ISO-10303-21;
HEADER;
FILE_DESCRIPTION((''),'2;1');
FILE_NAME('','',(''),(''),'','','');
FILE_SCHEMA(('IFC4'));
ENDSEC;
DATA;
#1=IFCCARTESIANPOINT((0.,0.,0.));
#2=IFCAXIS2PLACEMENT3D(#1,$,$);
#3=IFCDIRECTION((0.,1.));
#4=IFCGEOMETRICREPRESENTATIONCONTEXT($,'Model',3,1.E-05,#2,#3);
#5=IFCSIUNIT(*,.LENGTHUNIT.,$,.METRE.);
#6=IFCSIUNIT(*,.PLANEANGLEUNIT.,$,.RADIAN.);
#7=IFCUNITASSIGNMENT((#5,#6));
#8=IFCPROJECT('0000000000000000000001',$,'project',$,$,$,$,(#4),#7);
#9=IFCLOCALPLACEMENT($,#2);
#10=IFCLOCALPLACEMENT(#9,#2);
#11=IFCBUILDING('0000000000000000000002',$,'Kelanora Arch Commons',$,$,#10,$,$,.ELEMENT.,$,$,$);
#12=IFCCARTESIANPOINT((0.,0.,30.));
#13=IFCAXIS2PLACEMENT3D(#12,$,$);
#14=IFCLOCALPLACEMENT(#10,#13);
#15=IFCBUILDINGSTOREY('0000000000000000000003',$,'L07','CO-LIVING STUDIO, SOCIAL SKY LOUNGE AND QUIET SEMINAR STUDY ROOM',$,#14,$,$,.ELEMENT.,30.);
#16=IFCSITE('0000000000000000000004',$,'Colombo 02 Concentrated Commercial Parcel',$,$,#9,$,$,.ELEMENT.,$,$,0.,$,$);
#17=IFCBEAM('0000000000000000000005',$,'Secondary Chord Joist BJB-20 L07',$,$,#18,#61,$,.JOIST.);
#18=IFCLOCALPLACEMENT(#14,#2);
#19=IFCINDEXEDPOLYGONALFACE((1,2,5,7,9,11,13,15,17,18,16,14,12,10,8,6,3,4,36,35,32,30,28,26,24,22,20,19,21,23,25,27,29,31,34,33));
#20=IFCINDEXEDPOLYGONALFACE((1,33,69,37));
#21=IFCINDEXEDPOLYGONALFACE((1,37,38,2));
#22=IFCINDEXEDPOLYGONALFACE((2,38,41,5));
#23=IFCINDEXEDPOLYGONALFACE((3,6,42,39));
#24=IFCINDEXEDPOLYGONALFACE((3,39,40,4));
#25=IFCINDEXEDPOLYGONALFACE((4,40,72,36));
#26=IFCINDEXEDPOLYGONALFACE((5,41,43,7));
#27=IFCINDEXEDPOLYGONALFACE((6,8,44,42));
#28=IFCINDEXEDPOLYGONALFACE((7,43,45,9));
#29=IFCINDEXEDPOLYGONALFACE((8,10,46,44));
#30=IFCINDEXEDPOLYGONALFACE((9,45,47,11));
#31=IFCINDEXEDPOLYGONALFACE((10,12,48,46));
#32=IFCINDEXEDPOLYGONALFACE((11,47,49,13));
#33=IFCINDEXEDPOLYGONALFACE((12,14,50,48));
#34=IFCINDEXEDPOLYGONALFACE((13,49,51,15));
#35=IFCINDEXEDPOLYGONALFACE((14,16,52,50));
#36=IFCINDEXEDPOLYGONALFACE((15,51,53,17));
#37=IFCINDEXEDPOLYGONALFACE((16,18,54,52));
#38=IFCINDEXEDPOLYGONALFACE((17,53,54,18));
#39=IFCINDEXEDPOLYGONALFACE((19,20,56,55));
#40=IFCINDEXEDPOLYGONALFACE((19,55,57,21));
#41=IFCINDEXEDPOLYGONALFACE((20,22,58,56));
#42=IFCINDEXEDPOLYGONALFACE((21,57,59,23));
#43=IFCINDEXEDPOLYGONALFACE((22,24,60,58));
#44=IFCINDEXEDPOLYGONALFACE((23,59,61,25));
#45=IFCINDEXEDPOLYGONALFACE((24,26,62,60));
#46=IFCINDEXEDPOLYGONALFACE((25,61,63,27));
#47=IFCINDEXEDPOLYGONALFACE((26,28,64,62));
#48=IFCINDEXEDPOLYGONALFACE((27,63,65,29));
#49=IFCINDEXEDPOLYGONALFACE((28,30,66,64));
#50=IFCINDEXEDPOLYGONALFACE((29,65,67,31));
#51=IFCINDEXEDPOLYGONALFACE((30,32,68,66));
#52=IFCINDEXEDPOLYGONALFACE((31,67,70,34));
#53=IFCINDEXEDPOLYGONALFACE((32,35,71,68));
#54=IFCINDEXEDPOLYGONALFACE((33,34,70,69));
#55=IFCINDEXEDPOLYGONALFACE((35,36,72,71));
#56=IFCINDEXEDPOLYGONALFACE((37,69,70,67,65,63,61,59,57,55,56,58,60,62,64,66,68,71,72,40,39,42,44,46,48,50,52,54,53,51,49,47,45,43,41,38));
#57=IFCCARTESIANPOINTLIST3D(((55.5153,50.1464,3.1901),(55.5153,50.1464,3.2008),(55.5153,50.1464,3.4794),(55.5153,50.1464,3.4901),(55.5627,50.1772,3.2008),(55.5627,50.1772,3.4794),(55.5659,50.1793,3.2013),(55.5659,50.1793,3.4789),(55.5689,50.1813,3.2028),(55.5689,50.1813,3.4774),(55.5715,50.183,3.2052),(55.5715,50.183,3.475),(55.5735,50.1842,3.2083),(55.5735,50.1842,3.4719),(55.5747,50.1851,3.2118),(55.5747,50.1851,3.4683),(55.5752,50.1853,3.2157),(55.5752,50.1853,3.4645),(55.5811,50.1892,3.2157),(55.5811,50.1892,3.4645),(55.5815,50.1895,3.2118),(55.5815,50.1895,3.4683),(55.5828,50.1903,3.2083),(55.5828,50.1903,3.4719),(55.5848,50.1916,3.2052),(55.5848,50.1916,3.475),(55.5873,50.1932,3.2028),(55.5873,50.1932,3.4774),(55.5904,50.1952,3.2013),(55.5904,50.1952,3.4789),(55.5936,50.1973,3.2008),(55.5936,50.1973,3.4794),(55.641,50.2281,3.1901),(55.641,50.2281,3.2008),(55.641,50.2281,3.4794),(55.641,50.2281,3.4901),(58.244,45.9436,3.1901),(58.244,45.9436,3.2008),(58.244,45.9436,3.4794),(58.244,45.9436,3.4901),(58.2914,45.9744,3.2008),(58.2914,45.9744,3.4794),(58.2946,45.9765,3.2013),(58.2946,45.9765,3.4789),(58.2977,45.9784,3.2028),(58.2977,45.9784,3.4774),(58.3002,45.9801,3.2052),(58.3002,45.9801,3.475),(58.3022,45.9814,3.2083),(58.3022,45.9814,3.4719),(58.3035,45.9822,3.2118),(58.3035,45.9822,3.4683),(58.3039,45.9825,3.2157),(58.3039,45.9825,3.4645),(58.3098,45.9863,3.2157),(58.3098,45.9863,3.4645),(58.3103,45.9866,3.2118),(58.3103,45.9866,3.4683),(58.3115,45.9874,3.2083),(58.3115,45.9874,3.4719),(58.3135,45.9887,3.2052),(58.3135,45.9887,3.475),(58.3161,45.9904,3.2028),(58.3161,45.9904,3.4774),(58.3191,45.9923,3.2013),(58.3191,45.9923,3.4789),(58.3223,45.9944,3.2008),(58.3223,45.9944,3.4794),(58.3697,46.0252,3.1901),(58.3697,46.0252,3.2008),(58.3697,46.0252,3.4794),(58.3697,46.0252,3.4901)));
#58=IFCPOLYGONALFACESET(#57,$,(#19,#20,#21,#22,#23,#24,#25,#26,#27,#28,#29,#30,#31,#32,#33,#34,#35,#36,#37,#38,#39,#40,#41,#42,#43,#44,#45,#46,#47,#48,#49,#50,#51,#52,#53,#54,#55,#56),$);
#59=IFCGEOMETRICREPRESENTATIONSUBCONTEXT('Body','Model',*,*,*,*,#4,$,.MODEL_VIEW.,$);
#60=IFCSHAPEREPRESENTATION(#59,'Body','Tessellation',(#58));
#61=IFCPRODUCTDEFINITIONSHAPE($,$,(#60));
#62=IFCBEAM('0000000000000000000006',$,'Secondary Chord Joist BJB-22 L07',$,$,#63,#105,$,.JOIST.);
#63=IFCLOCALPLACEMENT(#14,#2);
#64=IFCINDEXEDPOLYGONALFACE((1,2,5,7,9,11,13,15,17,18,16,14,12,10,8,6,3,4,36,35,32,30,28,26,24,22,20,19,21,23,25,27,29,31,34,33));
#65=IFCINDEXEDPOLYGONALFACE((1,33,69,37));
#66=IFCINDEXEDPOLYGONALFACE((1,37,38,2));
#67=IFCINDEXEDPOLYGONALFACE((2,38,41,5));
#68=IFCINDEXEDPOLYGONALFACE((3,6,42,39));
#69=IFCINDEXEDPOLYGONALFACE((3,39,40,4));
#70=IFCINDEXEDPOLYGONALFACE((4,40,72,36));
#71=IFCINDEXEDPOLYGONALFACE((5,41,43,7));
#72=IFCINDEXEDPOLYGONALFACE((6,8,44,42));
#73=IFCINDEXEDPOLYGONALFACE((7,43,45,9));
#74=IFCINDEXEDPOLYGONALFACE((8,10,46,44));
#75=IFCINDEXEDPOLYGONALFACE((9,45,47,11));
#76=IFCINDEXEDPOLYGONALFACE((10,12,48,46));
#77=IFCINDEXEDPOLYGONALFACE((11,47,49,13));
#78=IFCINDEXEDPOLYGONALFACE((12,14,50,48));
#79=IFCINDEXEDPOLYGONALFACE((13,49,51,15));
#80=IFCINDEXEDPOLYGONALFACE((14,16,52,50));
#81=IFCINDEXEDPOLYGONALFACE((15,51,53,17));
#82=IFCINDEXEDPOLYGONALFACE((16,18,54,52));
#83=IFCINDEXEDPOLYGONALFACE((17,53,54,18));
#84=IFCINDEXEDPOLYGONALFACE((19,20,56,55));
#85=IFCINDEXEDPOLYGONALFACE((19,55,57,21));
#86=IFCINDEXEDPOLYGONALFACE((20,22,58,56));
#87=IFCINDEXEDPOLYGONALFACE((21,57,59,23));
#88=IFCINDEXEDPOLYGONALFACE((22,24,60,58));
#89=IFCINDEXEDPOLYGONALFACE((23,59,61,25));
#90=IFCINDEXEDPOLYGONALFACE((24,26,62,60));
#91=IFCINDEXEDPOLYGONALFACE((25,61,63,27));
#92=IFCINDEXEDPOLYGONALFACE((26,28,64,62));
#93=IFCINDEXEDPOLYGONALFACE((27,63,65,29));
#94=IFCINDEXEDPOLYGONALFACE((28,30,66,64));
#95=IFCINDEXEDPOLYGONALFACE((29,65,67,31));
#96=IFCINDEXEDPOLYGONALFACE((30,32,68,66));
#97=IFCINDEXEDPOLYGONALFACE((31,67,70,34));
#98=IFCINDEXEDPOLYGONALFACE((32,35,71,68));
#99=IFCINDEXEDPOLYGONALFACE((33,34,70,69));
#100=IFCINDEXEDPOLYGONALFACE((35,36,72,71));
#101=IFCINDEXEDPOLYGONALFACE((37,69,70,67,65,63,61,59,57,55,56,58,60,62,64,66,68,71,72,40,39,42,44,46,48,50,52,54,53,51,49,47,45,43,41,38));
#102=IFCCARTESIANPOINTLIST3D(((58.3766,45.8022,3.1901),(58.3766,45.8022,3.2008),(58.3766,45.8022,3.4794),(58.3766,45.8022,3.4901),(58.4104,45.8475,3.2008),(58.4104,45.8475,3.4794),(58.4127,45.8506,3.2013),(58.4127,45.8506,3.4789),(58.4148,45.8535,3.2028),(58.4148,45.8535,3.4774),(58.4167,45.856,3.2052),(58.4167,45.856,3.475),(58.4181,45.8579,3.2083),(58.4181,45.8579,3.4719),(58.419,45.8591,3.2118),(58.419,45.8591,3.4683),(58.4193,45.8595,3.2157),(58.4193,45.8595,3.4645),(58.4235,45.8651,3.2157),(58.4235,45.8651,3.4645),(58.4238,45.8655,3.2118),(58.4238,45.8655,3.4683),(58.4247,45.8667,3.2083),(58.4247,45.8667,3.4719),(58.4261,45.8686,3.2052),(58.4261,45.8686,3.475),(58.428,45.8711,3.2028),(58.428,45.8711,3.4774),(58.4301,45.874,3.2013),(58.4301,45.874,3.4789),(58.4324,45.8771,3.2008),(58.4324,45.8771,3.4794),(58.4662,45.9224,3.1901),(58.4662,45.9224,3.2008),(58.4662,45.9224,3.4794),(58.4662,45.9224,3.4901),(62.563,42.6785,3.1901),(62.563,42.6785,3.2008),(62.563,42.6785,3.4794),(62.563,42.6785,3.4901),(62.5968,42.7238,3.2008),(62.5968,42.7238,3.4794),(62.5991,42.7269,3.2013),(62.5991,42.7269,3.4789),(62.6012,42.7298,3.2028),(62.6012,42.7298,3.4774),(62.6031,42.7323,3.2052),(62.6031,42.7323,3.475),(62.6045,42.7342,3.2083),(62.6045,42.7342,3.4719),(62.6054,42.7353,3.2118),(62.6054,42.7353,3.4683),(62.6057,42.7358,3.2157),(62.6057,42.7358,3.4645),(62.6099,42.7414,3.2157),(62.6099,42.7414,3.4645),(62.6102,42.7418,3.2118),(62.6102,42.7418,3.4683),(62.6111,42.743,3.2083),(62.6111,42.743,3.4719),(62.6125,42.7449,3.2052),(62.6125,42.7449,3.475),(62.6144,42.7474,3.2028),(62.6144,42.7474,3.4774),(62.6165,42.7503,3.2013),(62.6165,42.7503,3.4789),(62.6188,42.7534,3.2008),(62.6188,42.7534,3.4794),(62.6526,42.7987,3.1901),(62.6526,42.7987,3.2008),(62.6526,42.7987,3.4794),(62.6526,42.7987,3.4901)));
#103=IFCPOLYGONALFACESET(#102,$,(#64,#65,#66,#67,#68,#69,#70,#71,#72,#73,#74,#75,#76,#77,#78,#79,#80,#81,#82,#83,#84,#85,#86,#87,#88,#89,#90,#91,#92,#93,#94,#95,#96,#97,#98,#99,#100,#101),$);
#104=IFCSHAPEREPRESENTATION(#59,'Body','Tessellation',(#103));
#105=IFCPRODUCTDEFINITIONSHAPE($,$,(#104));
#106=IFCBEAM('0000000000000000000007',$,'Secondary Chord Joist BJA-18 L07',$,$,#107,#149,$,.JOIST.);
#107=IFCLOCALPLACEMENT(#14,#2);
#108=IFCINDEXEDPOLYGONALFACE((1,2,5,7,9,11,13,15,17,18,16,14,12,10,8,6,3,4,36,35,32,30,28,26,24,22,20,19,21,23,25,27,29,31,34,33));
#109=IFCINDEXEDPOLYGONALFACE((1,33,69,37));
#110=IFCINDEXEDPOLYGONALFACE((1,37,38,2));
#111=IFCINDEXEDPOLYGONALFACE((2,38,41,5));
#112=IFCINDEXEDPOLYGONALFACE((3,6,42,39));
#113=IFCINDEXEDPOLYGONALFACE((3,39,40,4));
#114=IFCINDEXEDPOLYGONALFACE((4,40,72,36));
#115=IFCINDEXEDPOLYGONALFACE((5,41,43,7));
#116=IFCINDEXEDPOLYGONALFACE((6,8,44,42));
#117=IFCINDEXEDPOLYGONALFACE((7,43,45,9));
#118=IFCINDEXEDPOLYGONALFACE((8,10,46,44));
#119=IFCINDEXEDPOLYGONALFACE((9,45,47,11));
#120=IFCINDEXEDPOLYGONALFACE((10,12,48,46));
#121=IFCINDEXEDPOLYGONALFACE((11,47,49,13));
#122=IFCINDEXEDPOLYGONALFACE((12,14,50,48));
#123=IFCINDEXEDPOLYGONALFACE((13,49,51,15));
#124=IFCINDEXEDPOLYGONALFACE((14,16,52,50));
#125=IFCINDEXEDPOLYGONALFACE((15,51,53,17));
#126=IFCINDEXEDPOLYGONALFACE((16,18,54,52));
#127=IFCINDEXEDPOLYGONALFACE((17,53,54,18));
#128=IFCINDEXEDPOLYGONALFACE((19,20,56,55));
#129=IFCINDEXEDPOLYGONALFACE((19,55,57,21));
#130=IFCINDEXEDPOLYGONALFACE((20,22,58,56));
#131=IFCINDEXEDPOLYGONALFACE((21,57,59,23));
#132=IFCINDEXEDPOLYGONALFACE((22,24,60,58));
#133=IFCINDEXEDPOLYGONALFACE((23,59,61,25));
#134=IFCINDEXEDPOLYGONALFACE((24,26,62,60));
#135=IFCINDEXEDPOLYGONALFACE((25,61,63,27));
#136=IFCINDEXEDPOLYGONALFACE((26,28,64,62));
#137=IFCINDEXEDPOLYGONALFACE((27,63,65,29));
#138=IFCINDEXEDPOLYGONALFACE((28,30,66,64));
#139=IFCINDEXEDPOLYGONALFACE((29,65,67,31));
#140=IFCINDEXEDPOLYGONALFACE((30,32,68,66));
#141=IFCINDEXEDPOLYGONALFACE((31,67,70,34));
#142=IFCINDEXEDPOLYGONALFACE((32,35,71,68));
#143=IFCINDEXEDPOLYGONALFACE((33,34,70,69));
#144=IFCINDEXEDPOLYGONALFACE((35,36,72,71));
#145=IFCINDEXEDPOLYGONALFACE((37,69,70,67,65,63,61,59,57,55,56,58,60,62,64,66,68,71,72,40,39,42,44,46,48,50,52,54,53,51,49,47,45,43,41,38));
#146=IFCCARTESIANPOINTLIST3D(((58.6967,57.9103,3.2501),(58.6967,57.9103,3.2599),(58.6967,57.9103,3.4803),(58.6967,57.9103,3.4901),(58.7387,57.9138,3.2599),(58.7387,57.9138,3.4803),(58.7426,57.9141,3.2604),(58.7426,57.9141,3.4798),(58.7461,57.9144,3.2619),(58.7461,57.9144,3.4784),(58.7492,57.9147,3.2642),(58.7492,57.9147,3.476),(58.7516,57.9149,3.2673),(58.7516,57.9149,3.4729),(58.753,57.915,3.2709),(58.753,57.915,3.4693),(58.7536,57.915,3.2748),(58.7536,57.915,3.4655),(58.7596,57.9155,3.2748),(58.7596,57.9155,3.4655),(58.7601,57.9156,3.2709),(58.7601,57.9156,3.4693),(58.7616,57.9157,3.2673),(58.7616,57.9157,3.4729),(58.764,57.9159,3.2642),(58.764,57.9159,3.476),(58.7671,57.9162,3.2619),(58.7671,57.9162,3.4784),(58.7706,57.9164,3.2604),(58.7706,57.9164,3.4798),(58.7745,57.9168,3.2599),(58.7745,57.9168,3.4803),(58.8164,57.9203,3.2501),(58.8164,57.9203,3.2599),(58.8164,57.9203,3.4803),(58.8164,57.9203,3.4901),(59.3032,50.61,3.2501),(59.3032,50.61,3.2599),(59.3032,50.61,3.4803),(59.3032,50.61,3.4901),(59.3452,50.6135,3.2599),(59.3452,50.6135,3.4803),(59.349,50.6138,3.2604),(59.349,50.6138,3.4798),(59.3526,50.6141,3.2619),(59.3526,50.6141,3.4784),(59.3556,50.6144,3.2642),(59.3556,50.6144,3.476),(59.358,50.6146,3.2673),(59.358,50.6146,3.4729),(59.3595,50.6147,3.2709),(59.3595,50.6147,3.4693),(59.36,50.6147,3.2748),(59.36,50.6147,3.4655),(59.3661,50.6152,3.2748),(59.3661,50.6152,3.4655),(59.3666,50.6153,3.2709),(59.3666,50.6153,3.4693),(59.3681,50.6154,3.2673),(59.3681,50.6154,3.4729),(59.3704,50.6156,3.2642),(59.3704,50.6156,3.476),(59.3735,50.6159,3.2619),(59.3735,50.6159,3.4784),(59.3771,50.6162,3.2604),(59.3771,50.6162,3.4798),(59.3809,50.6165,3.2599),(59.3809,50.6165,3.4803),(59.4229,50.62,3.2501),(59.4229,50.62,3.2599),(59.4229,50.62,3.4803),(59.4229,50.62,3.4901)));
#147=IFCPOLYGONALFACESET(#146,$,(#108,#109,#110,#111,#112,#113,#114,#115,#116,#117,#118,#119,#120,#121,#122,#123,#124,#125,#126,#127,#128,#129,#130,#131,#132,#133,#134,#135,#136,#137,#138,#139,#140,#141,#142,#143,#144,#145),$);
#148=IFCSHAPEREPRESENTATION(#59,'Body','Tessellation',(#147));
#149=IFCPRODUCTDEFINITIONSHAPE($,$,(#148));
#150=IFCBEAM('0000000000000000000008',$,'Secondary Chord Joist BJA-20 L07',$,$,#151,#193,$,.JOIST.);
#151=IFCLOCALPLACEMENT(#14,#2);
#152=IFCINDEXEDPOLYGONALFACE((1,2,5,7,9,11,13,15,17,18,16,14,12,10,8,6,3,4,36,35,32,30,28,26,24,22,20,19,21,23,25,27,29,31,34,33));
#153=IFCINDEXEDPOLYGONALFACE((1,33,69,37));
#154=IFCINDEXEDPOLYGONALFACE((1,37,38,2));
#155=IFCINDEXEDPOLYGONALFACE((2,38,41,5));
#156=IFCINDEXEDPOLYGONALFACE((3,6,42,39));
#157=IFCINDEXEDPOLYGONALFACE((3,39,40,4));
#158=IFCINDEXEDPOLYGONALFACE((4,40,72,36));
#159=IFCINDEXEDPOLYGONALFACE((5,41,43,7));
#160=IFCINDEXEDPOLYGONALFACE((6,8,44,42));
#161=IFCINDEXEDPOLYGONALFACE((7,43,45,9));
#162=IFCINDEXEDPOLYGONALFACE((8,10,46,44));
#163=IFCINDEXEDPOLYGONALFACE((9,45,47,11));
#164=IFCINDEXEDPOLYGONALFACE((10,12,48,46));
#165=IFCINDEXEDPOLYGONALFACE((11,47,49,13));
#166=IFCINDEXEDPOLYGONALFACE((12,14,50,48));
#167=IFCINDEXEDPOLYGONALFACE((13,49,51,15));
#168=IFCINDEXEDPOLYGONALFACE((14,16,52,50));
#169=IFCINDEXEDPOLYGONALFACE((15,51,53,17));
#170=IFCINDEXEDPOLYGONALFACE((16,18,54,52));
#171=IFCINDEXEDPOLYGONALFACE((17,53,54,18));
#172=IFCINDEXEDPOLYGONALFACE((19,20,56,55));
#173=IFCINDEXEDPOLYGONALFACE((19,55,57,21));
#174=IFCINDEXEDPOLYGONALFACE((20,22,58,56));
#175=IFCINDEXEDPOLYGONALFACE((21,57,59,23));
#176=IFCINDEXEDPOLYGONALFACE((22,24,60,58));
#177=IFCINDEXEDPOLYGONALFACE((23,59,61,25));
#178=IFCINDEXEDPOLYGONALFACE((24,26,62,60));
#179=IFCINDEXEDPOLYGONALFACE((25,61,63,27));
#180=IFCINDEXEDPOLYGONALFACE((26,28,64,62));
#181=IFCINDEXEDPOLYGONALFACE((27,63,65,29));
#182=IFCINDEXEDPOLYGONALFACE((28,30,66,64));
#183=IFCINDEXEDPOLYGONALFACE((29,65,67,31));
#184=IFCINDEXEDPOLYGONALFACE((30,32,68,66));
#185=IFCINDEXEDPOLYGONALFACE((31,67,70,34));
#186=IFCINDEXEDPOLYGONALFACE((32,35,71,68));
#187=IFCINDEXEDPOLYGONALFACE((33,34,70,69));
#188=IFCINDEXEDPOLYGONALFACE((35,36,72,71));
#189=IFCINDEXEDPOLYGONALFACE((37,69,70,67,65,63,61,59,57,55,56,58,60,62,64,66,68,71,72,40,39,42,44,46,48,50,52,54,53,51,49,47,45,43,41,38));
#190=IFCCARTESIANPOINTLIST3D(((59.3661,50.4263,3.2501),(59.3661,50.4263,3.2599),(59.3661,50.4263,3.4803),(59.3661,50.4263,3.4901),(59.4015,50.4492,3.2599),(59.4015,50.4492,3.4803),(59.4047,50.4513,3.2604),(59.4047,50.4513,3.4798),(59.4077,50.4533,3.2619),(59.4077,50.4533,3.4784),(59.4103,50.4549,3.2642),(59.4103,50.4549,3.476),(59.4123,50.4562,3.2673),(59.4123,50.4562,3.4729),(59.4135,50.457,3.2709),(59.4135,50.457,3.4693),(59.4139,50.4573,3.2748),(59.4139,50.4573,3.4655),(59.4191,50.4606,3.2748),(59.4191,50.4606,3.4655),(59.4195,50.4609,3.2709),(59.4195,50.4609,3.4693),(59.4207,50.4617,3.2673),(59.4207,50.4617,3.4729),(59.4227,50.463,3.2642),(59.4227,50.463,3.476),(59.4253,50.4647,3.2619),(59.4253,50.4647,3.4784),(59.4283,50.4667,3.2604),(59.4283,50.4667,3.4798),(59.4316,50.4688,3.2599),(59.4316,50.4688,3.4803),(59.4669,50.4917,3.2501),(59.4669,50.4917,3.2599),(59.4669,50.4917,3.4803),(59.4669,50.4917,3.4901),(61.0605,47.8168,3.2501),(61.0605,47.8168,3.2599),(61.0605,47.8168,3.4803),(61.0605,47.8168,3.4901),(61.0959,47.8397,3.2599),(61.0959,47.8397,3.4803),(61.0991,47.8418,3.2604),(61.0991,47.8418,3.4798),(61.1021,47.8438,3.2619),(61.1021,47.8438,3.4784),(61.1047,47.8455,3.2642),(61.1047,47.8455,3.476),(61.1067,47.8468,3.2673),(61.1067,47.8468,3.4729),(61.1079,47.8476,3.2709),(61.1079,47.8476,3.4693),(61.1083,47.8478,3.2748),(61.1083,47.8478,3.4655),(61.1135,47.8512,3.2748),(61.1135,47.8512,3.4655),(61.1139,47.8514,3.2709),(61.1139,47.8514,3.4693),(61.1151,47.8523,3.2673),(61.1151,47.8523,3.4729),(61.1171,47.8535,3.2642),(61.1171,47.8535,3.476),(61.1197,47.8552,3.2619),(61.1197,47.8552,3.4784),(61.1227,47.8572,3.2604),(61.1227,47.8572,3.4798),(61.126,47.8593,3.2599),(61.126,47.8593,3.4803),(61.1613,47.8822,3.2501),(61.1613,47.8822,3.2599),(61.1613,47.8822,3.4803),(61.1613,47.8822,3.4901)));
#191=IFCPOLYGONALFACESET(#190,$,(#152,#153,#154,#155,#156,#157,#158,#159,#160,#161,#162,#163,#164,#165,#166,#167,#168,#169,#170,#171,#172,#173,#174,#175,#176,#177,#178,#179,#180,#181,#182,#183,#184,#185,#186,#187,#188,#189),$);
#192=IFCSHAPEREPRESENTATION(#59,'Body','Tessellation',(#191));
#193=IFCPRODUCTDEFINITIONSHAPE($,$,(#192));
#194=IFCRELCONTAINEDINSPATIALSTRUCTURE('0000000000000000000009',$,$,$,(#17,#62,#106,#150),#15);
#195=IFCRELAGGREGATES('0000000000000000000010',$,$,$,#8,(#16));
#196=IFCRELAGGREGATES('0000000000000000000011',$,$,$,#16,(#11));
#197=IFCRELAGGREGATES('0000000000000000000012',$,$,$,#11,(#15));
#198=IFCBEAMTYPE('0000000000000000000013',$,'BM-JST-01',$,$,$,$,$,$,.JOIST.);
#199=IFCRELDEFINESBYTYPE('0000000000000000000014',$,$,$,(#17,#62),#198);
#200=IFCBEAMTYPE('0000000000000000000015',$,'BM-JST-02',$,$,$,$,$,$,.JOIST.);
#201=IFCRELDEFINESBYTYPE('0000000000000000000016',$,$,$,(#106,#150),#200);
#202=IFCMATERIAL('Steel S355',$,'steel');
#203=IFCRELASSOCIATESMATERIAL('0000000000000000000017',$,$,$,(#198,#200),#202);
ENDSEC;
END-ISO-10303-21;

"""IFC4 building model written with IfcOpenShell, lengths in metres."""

from ifc_helpers import new_model, si_unit, direction, frame, origin, origin_2d, place, context, subcontext, project, spatial, i_section, extrude, material, material_profile, profile_set, type_object, element, save


model = new_model("IFC4")

# Units and contexts
model_context = context("Model", 3, precision=1e-05, world=origin(), true_north=direction((0.0, 1.0)))
body_context = subcontext(model_context, "Body", "Model", "MODEL_VIEW")
ifc_project = project(units=[si_unit("LENGTHUNIT", "METRE"), si_unit("PLANEANGLEUNIT", "RADIAN")], contexts=[model_context])

# Site, building, storey
site_placement = place(None, origin())
site = spatial("IfcSite", under=ifc_project, at=site_placement, Name="Colombo 02 Concentrated Commercial Parcel", CompositionType="ELEMENT", RefElevation=0.0)
building_placement = place(site_placement, origin())
building = spatial("IfcBuilding", under=site, at=building_placement, Name="Kelanora Arch Commons", CompositionType="ELEMENT")
storey_placement = place(building_placement, frame((0.0, 0.0, 30.0)))
storey = spatial("IfcBuildingStorey", under=building, at=storey_placement, Name="L07", Description="CO-LIVING STUDIO, SOCIAL SKY LOUNGE AND QUIET SEMINAR STUDY ROOM", CompositionType="ELEMENT", Elevation=30.0)

# Beams
ifc_material_1 = material(Name="Steel S355", Category="steel")
ifc_material_profile_1 = material_profile(ifc_material_1, i_section(OverallWidth=0.1499, OverallDepth=0.3, WebThickness=0.0071, FlangeThickness=0.0107, FilletRadius=0.0149, at=origin_2d()), Name="IPE300")
ifc_profile_set_1 = profile_set([ifc_material_profile_1], Name="Steel S355")
beam_type_1 = type_object("IfcBeamType", Name="BM-JST-01", PredefinedType="JOIST", material=ifc_profile_set_1)
beam_1_placement = place(storey_placement, frame((55.5781, 50.1873, 3.3401), z_axis=(0.544552, -0.838727, 0.0), x_axis=(0.838727, 0.544552, 0.0)))
element("IfcBeam", 1, at=beam_1_placement, inside=storey, type_object=beam_type_1, Name="Secondary Chord Joist BJB-20 L07", PredefinedType="JOIST", context=body_context, shape_type="SweptSolid", body=[
    extrude(i_section(OverallWidth=0.1499, OverallDepth=0.3, WebThickness=0.0071, FlangeThickness=0.0107, FilletRadius=0.0149, at=origin_2d()), origin(), (0.0, 0.0, 1.0), 5.011),
])
beam_2_placement = place(storey_placement, frame((58.4214, 45.8623, 3.3401), z_axis=(0.801478, -0.598024, 0.0), x_axis=(0.598024, 0.801478, 0.0)))
element("IfcBeam", 2, at=beam_2_placement, inside=storey, type_object=beam_type_1, Name="Secondary Chord Joist BJB-22 L07", PredefinedType="JOIST", context=body_context, shape_type="SweptSolid", body=[
    extrude(i_section(OverallWidth=0.1499, OverallDepth=0.3, WebThickness=0.0071, FlangeThickness=0.0107, FilletRadius=0.0149, at=origin_2d()), origin(), (0.0, 0.0, 1.0), 5.2234),
])
ifc_material_profile_2 = material_profile(ifc_material_1, i_section(OverallWidth=0.1201, OverallDepth=0.24, WebThickness=0.0061, FlangeThickness=0.0098, FilletRadius=0.0149, at=origin_2d()), Name="IPE240")
ifc_profile_set_2 = profile_set([ifc_material_profile_2], Name="Steel S355")
beam_type_2 = type_object("IfcBeamType", Name="BM-JST-02", PredefinedType="JOIST", material=ifc_profile_set_2)
beam_3_placement = place(storey_placement, frame((58.7566, 57.9153, 3.3701), z_axis=(0.082786, -0.996567, 0.0), x_axis=(0.996567, 0.082786, 0.0)))
element("IfcBeam", 3, at=beam_3_placement, inside=storey, type_object=beam_type_2, Name="Secondary Chord Joist BJA-18 L07", PredefinedType="JOIST", context=body_context, shape_type="SweptSolid", body=[
    extrude(i_section(OverallWidth=0.1201, OverallDepth=0.24, WebThickness=0.0061, FlangeThickness=0.0098, FilletRadius=0.0149, at=origin_2d()), origin(), (0.0, 0.0, 1.0), 7.3254),
])
beam_4_placement = place(storey_placement, frame((59.4165, 50.459, 3.3701), z_axis=(0.544591, -0.838702, 0.0), x_axis=(0.838702, 0.544591, 0.0)))
element("IfcBeam", 4, at=beam_4_placement, inside=storey, type_object=beam_type_2, Name="Secondary Chord Joist BJA-20 L07", PredefinedType="JOIST", context=body_context, shape_type="SweptSolid", body=[
    extrude(i_section(OverallWidth=0.1201, OverallDepth=0.24, WebThickness=0.0061, FlangeThickness=0.0098, FilletRadius=0.0149, at=origin_2d()), origin(), (0.0, 0.0, 1.0), 3.1113),
])

save(model, "model.ifc")
